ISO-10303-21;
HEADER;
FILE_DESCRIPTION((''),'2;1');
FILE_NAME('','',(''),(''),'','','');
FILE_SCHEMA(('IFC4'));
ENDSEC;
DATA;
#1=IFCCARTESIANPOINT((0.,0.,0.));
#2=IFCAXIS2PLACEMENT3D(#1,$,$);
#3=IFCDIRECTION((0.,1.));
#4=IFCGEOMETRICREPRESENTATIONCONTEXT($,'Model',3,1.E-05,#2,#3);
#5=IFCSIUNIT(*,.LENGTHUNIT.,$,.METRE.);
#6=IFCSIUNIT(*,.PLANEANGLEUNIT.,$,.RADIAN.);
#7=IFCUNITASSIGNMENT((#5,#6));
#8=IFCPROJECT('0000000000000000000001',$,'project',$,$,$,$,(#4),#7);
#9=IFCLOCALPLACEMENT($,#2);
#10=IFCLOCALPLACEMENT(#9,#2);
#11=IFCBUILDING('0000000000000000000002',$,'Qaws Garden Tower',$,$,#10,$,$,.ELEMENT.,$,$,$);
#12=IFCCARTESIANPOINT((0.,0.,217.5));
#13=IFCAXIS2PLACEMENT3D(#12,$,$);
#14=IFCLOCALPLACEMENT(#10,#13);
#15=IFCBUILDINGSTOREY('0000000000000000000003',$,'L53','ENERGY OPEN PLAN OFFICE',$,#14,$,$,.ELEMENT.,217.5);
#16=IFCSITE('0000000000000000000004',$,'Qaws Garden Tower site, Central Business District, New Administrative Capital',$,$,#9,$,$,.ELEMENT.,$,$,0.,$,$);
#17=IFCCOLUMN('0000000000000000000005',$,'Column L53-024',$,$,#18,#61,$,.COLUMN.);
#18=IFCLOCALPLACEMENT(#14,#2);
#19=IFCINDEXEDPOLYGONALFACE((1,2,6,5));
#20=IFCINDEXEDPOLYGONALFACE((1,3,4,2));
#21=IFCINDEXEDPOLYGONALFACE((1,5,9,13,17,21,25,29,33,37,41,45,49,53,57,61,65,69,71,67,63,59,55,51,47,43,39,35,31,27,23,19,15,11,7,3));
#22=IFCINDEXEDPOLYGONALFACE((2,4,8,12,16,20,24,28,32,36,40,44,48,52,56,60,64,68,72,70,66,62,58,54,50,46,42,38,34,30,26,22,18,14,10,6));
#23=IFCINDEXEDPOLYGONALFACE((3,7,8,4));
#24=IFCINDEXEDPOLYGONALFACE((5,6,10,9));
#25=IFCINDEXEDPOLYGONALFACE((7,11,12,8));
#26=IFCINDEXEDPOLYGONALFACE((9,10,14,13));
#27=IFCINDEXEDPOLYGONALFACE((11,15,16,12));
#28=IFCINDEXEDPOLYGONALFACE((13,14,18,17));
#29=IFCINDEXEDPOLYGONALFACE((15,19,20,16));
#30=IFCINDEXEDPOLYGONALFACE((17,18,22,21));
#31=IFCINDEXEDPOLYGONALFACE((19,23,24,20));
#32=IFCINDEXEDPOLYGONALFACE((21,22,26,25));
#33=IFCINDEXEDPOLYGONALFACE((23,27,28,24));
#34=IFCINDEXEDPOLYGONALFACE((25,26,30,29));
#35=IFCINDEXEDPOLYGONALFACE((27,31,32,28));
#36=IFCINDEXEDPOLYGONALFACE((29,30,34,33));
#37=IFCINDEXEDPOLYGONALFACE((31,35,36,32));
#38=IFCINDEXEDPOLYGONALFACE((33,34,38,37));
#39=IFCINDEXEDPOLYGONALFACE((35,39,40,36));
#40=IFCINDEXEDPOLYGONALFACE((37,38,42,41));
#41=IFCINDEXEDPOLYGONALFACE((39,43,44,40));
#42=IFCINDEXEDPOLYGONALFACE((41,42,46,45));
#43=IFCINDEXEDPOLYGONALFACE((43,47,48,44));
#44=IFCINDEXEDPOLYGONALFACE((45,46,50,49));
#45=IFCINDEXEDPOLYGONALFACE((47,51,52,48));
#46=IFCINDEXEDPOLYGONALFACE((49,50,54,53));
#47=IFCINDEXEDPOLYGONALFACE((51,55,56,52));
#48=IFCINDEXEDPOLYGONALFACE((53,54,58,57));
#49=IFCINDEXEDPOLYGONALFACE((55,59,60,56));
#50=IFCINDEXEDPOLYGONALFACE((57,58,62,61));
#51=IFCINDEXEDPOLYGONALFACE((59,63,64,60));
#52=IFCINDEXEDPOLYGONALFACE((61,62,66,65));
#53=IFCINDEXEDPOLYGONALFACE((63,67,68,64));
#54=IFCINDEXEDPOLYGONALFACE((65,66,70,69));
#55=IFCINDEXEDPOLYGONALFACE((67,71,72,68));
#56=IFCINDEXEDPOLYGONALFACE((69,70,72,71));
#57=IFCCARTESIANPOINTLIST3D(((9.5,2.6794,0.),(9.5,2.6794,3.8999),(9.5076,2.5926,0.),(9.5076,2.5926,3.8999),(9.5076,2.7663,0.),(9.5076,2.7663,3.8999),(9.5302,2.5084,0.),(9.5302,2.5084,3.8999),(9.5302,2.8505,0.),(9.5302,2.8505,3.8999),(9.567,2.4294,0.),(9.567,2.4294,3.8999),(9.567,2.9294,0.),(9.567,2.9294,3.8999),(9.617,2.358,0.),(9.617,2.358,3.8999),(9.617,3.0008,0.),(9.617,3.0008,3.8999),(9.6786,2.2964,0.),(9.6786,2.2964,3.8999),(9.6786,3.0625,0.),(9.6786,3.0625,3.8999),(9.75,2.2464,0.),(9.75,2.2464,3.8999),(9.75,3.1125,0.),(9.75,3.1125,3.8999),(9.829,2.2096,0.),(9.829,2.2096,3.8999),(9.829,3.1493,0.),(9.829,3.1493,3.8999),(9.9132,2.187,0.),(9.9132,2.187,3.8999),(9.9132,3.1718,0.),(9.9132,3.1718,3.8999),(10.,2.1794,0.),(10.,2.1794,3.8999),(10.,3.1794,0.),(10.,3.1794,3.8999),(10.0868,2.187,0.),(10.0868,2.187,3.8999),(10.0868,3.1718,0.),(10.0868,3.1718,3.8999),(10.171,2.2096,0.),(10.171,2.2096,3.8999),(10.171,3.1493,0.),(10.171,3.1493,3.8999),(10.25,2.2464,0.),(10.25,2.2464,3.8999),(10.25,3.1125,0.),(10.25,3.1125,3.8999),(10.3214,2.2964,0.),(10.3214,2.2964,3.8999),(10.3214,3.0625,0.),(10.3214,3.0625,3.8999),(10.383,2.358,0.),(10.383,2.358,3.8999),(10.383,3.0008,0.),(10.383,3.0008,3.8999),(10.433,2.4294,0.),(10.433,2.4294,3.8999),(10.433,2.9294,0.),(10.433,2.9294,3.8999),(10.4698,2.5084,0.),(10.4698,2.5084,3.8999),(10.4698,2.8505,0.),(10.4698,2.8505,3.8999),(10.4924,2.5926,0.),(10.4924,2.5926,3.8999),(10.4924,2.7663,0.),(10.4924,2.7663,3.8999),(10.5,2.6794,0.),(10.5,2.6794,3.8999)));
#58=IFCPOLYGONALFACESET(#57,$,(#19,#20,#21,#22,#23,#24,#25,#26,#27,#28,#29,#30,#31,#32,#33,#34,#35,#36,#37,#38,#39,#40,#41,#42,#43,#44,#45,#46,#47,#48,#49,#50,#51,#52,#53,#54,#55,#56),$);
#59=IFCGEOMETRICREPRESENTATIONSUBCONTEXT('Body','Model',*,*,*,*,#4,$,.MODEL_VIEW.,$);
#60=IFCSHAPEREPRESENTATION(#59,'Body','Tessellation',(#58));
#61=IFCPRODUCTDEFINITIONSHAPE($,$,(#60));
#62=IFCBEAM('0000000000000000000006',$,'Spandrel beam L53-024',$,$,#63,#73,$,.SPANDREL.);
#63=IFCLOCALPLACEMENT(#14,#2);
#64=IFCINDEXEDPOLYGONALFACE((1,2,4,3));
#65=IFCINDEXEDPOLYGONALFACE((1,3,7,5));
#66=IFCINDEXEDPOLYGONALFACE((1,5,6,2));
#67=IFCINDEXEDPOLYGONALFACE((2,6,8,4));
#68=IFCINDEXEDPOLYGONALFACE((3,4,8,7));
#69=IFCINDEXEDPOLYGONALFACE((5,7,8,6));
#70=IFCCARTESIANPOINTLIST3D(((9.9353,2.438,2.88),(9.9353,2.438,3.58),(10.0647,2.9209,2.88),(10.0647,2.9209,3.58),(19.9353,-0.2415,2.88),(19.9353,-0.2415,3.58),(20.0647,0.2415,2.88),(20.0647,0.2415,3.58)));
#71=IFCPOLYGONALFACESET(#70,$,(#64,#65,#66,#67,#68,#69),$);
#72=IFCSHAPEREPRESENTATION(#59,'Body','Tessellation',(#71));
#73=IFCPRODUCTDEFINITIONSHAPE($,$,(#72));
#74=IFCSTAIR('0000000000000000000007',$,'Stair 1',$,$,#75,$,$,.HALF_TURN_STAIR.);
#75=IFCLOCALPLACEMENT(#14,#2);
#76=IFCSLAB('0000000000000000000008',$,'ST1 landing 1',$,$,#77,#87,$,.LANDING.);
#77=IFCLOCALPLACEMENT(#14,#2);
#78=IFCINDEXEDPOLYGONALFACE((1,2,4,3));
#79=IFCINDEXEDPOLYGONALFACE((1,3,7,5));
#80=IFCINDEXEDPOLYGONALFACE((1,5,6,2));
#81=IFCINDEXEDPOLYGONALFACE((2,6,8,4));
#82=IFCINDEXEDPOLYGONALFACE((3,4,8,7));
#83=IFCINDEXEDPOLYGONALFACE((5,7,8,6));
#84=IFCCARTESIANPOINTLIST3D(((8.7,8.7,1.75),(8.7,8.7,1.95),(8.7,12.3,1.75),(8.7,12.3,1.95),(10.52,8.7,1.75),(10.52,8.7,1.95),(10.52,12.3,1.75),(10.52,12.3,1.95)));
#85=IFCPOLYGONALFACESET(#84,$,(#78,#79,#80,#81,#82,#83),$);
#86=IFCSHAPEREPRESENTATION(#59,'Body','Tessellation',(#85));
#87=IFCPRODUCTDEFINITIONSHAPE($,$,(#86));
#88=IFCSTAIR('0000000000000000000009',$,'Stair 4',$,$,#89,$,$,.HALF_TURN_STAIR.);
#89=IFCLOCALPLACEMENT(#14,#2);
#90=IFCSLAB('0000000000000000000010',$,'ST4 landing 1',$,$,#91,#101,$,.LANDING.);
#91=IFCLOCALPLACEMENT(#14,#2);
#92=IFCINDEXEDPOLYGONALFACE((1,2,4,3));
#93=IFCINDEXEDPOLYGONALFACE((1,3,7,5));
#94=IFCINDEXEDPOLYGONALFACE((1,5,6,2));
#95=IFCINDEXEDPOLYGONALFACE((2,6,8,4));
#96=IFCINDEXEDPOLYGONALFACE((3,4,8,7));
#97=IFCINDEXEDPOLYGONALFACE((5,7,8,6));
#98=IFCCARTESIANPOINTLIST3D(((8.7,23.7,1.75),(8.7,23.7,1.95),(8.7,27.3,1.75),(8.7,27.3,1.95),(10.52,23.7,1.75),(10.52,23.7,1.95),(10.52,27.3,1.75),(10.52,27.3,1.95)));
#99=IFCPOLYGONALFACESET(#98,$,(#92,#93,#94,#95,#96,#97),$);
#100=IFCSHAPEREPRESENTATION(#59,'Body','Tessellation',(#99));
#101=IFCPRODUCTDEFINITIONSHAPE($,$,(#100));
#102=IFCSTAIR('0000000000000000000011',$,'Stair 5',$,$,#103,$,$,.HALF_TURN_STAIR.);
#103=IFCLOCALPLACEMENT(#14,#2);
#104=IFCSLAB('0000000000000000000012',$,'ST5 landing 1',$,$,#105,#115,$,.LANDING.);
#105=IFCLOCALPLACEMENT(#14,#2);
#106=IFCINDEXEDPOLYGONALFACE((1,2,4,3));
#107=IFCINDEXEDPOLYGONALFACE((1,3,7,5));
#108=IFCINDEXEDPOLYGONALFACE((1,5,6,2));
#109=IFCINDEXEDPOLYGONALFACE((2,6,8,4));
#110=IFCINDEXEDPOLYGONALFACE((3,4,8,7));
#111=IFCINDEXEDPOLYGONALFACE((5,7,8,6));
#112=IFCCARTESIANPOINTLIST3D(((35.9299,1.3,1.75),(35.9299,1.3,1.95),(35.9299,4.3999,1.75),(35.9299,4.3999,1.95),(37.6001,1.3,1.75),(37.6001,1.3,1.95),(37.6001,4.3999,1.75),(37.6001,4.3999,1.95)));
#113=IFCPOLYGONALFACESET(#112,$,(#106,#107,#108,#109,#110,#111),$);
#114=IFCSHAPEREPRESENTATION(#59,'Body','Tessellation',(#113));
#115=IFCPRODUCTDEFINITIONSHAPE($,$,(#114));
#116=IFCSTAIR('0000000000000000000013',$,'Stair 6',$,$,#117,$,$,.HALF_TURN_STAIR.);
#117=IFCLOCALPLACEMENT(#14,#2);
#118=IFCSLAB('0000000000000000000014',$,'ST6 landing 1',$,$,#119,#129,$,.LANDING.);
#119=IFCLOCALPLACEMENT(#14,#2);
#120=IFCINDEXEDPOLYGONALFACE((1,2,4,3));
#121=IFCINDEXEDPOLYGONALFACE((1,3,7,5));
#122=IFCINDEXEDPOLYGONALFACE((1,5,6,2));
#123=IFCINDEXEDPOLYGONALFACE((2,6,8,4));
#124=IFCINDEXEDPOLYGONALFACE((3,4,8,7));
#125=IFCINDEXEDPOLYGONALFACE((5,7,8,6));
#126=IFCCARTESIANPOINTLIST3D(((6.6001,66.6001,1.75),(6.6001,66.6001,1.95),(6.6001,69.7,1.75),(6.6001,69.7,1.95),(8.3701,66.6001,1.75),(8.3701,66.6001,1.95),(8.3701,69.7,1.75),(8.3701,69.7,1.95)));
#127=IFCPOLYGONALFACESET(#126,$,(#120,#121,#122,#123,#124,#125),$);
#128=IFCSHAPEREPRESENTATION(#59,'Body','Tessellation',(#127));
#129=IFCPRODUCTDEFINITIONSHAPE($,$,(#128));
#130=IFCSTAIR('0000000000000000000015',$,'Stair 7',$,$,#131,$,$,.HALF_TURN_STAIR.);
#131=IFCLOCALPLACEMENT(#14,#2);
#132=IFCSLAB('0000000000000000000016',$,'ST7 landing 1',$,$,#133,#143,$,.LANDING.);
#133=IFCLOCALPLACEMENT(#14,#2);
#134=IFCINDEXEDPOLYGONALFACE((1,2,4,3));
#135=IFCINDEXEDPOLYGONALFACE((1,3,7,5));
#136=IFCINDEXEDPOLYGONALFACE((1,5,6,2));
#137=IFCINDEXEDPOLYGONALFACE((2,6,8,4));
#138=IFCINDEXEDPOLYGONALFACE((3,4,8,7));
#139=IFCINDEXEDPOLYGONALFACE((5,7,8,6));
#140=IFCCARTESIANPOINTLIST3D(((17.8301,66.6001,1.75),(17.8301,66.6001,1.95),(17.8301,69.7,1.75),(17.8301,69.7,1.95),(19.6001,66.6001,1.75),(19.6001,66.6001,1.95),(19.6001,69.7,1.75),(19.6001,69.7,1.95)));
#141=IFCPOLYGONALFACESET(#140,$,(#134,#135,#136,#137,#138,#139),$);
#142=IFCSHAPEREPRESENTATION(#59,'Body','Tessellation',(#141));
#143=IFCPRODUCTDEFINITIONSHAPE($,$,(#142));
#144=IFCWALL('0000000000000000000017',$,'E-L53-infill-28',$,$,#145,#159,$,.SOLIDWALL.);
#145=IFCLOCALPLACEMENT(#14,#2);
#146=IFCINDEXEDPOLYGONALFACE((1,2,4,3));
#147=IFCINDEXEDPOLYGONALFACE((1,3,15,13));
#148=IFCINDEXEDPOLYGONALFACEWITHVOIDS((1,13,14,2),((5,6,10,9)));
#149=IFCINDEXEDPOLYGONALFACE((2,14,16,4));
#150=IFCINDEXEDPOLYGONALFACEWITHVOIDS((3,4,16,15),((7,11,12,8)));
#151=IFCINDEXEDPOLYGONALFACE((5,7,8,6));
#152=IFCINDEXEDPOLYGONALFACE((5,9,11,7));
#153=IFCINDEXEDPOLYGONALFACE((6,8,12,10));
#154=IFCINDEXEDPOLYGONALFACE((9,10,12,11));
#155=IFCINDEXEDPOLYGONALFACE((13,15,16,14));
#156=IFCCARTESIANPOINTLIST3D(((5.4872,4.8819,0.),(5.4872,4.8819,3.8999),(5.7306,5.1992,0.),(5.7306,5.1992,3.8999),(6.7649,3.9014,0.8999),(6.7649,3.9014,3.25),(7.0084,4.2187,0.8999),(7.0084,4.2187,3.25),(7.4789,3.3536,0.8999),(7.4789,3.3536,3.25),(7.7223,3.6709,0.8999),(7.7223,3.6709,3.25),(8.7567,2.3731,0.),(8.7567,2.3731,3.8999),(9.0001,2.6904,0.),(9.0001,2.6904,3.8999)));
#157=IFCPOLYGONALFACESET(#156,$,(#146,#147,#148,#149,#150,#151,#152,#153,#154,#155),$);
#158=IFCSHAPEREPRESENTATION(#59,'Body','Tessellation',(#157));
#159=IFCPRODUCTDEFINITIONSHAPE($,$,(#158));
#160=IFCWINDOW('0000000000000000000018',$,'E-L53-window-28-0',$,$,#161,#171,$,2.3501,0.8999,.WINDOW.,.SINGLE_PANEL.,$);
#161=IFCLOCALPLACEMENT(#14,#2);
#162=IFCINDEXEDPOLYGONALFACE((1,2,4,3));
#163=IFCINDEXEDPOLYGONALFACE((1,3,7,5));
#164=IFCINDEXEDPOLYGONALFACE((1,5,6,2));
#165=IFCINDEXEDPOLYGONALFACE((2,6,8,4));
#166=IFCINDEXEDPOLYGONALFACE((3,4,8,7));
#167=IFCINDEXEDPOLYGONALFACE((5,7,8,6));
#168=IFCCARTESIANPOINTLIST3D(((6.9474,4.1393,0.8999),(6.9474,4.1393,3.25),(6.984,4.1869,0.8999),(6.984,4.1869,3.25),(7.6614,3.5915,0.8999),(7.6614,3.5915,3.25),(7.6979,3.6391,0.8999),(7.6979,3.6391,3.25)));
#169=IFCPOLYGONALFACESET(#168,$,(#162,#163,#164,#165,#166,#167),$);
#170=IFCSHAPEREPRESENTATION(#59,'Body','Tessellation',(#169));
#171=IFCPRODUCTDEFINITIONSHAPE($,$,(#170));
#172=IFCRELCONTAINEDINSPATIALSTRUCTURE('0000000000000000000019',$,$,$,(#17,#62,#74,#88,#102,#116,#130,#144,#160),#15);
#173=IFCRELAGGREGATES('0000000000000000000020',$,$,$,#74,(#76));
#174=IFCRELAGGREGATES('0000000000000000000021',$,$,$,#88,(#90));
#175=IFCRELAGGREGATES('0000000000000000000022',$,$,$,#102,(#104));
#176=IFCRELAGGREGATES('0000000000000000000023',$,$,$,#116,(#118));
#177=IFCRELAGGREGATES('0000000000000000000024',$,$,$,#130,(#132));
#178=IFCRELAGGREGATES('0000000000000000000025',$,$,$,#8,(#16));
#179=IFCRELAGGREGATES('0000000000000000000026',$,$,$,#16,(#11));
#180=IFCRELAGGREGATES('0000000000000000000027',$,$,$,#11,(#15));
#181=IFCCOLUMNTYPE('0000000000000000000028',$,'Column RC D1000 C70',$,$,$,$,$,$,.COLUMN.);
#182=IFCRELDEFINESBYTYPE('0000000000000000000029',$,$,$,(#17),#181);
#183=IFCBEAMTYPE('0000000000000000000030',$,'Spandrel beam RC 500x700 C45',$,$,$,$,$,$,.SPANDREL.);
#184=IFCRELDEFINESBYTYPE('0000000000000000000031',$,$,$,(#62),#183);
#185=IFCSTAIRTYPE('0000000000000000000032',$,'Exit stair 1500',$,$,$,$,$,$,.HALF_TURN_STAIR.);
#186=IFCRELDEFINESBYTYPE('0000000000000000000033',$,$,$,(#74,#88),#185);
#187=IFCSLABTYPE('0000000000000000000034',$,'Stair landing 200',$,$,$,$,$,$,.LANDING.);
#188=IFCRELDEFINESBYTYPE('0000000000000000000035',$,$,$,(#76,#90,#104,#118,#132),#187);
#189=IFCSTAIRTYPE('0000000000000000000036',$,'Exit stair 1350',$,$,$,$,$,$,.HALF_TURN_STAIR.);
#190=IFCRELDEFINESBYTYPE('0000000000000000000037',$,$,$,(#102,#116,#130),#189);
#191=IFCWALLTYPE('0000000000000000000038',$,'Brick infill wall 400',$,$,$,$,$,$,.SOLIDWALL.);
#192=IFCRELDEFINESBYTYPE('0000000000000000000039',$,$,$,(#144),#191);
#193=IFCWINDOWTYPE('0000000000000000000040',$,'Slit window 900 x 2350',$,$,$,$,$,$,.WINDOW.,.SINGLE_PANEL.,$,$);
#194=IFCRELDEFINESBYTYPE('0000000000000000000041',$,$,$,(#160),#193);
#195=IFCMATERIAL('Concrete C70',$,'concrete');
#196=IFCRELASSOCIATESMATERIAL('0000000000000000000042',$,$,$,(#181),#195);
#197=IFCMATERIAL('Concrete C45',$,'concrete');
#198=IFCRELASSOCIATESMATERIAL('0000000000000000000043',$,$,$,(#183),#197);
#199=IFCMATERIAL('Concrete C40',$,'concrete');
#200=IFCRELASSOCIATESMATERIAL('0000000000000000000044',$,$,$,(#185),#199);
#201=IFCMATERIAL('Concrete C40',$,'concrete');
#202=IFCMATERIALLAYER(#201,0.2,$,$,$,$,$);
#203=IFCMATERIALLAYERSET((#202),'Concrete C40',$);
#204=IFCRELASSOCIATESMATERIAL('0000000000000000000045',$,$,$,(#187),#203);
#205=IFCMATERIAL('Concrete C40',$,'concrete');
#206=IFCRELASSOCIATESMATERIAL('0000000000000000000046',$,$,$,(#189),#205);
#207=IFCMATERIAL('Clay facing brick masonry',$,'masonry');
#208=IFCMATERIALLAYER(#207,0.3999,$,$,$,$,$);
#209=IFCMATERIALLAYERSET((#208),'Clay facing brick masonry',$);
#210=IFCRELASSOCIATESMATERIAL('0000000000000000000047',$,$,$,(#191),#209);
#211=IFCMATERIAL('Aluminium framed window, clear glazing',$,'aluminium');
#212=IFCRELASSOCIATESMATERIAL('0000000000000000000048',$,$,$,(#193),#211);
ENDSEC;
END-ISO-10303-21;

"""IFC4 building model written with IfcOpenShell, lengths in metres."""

from ifc_helpers import new_model, si_unit, direction, frame, frame_2d, origin, origin_2d, place, context, subcontext, project, spatial, polyline, rectangle, circle, outline, extrude, material, layer, layer_set, material_profile, profile_set, type_object, element, fill, aggregate, save


model = new_model("IFC4")

# Units and contexts
model_context = context("Model", 3, precision=1e-05, world=origin(), true_north=direction((0.0, 1.0)))
body_context = subcontext(model_context, "Body", "Model", "MODEL_VIEW")
ifc_project = project(units=[si_unit("LENGTHUNIT", "METRE"), si_unit("PLANEANGLEUNIT", "RADIAN")], contexts=[model_context])

# Site, building, storey
site_placement = place(None, origin())
site = spatial("IfcSite", under=ifc_project, at=site_placement, Name="Qaws Garden Tower site, Central Business District, New Administrative Capital", CompositionType="ELEMENT", RefElevation=0.0)
building_placement = place(site_placement, origin())
building = spatial("IfcBuilding", under=site, at=building_placement, Name="Qaws Garden Tower", CompositionType="ELEMENT")
storey_placement = place(building_placement, frame((0.0, 0.0, 217.5)))
storey = spatial("IfcBuildingStorey", under=building, at=storey_placement, Name="L53", Description="ENERGY OPEN PLAN OFFICE", CompositionType="ELEMENT", Elevation=217.5)

# Column
ifc_material_1 = material(Name="Concrete C70", Category="concrete")
ifc_material_profile_1 = material_profile(ifc_material_1, circle(Radius=0.5, at=origin_2d()), Name="RC D1000")
ifc_profile_set_1 = profile_set([ifc_material_profile_1], Name="Concrete C70")
column_type = type_object("IfcColumnType", Name="Column RC D1000 C70", PredefinedType="COLUMN", material=ifc_profile_set_1)
column_placement = place(storey_placement, frame((10.0, 2.6794, 0.0), z_axis=(0.0, 0.0, 1.0), x_axis=(1.0, 0.0, 0.0)))
element("IfcColumn", 1, at=column_placement, inside=storey, type_object=column_type, Name="Column L53-024", PredefinedType="COLUMN", context=body_context, shape_type="SweptSolid", body=[
    extrude(circle(Radius=0.5, at=origin_2d()), origin(), (0.0, 0.0, 1.0), 3.8999),
])

# Beam
ifc_material_2 = material(Name="Concrete C45", Category="concrete")
ifc_material_profile_2 = material_profile(ifc_material_2, rectangle(XDim=0.5, YDim=0.7, at=origin_2d()), Name="RC 500x700")
ifc_profile_set_2 = profile_set([ifc_material_profile_2], Name="Concrete C45")
beam_type = type_object("IfcBeamType", Name="Spandrel beam RC 500x700 C45", PredefinedType="SPANDREL", material=ifc_profile_set_2)
beam_placement = place(storey_placement, frame((10.0, 2.6794, 3.23), z_axis=(0.965927, -0.258815, 0.0), x_axis=(0.258815, 0.965927, 0.0)))
element("IfcBeam", 2, at=beam_placement, inside=storey, type_object=beam_type, Name="Spandrel beam L53-024", PredefinedType="SPANDREL", context=body_context, shape_type="SweptSolid", body=[
    extrude(rectangle(XDim=0.5, YDim=0.7, at=origin_2d()), origin(), (0.0, 0.0, 1.0), 10.3528),
])

# Stairs, slabs
ifc_material_3 = material(Name="Concrete C40", Category="concrete")
stair_type_1 = type_object("IfcStairType", Name="Exit stair 1500", PredefinedType="HALF_TURN_STAIR", material=ifc_material_3)
placement_1 = place(storey_placement, origin())
stair_1 = element("IfcStair", 3, at=placement_1, inside=storey, type_object=stair_type_1, Name="Stair 1", PredefinedType="HALF_TURN_STAIR")
ifc_material_4 = material(Name="Concrete C40", Category="concrete")
ifc_layer_1 = layer(ifc_material_4, 0.2)
ifc_layer_set_1 = layer_set([ifc_layer_1], Name="Concrete C40")
slab_type = type_object("IfcSlabType", Name="Stair landing 200", PredefinedType="LANDING", material=ifc_layer_set_1)
placement_2 = place(storey_placement, frame((0.0, 0.0, 1.75)))
slab_1 = element("IfcSlab", 4, at=placement_2, type_object=slab_type, Name="ST1 landing 1", PredefinedType="LANDING", context=body_context, shape_type="SweptSolid", body=[
    extrude(outline(polyline([(8.7, 8.7), (10.52, 8.7), (10.52, 12.3), (8.7, 12.3), (8.7, 8.7)])), origin(), (0.0, 0.0, 1.0), 0.2),
])
aggregate(stair_1, [slab_1])
stair_2 = element("IfcStair", 5, at=placement_1, inside=storey, type_object=stair_type_1, Name="Stair 4", PredefinedType="HALF_TURN_STAIR")
slab_2 = element("IfcSlab", 6, at=placement_2, type_object=slab_type, Name="ST4 landing 1", PredefinedType="LANDING", context=body_context, shape_type="SweptSolid", body=[
    extrude(outline(polyline([(8.7, 23.7), (10.52, 23.7), (10.52, 27.3), (8.7, 27.3), (8.7, 23.7)])), origin(), (0.0, 0.0, 1.0), 0.2),
])
aggregate(stair_2, [slab_2])
ifc_material_5 = material(Name="Concrete C40", Category="concrete")
stair_type_2 = type_object("IfcStairType", Name="Exit stair 1350", PredefinedType="HALF_TURN_STAIR", material=ifc_material_5)
stair_3 = element("IfcStair", 7, at=placement_1, inside=storey, type_object=stair_type_2, Name="Stair 5", PredefinedType="HALF_TURN_STAIR")
slab_3 = element("IfcSlab", 8, at=placement_2, type_object=slab_type, Name="ST5 landing 1", PredefinedType="LANDING", context=body_context, shape_type="SweptSolid", body=[
    extrude(outline(polyline([(35.9299, 1.3), (37.6001, 1.3), (37.6001, 4.3999), (35.9299, 4.3999), (35.9299, 1.3)])), origin(), (0.0, 0.0, 1.0), 0.2),
])
aggregate(stair_3, [slab_3])
stair_4 = element("IfcStair", 9, at=placement_1, inside=storey, type_object=stair_type_2, Name="Stair 6", PredefinedType="HALF_TURN_STAIR")
slab_4 = element("IfcSlab", 10, at=placement_2, type_object=slab_type, Name="ST6 landing 1", PredefinedType="LANDING", context=body_context, shape_type="SweptSolid", body=[
    extrude(outline(polyline([(6.6001, 66.6001), (8.3701, 66.6001), (8.3701, 69.7), (6.6001, 69.7), (6.6001, 66.6001)])), origin(), (0.0, 0.0, 1.0), 0.2),
])
aggregate(stair_4, [slab_4])
stair_5 = element("IfcStair", 11, at=placement_1, inside=storey, type_object=stair_type_2, Name="Stair 7", PredefinedType="HALF_TURN_STAIR")
slab_5 = element("IfcSlab", 12, at=placement_2, type_object=slab_type, Name="ST7 landing 1", PredefinedType="LANDING", context=body_context, shape_type="SweptSolid", body=[
    extrude(outline(polyline([(17.8301, 66.6001), (19.6001, 66.6001), (19.6001, 69.7), (17.8301, 69.7), (17.8301, 66.6001)])), origin(), (0.0, 0.0, 1.0), 0.2),
])
aggregate(stair_5, [slab_5])

# Wall, opening, window
ifc_material_6 = material(Name="Clay facing brick masonry", Category="masonry")
ifc_layer_2 = layer(ifc_material_6, 0.3999)
ifc_layer_set_2 = layer_set([ifc_layer_2], Name="Clay facing brick masonry")
wall_type_1 = type_object("IfcWallType", Name="Brick infill wall 400", PredefinedType="SOLIDWALL", material=ifc_layer_set_2)
wall_1_placement = place(storey_placement, frame((5.6089, 5.0405, 0.0), z_axis=(0.0, 0.0, 1.0), x_axis=(0.793355, -0.60876, 0.0)))
wall_1 = element("IfcWall", 13, at=wall_1_placement, inside=storey, type_object=wall_type_1, Name="E-L53-infill-28", PredefinedType="SOLIDWALL", context=body_context, shape_type="SweptSolid", body=[
    extrude(rectangle(XDim=4.1211, YDim=0.3999, at=frame_2d((2.0605, 0.0))), origin(), (0.0, 0.0, 1.0), 3.8999),
])
opening_1_placement = place(wall_1_placement, frame((1.6106, 0.0, 0.8999)))
opening_1 = element("IfcOpeningElement", 14, at=opening_1_placement, cuts=wall_1, PredefinedType="OPENING", context=body_context, shape_type="SweptSolid", body=[
    extrude(rectangle(XDim=0.8999, YDim=2.3501, at=frame_2d((0.45, 1.175))), frame((0.0, 0.21, 0.0), z_axis=(0.0, -1.0, 0.0), x_axis=(1.0, 0.0, 0.0)), (0.0, 0.0, 1.0), 0.4199),
])
ifc_material_7 = material(Name="Aluminium framed window, clear glazing", Category="aluminium")
window_type = type_object("IfcWindowType", Name="Slit window 900 x 2350", PartitioningType="SINGLE_PANEL", PredefinedType="WINDOW", material=ifc_material_7)
window_1_placement = place(opening_1_placement, origin())
window_1 = element("IfcWindow", 15, at=window_1_placement, inside=storey, type_object=window_type, Name="E-L53-window-28-0", OverallHeight=2.3501, OverallWidth=0.8999, PartitioningType="SINGLE_PANEL", PredefinedType="WINDOW", context=body_context, shape_type="SweptSolid", body=[
    extrude(rectangle(XDim=0.8999, YDim=2.3501, at=frame_2d((0.45, 1.175))), frame((0.0, 0.1599, 0.0), z_axis=(0.0, -1.0, 0.0), x_axis=(1.0, 0.0, 0.0)), (0.0, 0.0, 1.0), 0.0601),
])
fill(opening_1, window_1)

save(model, "model.ifc")
